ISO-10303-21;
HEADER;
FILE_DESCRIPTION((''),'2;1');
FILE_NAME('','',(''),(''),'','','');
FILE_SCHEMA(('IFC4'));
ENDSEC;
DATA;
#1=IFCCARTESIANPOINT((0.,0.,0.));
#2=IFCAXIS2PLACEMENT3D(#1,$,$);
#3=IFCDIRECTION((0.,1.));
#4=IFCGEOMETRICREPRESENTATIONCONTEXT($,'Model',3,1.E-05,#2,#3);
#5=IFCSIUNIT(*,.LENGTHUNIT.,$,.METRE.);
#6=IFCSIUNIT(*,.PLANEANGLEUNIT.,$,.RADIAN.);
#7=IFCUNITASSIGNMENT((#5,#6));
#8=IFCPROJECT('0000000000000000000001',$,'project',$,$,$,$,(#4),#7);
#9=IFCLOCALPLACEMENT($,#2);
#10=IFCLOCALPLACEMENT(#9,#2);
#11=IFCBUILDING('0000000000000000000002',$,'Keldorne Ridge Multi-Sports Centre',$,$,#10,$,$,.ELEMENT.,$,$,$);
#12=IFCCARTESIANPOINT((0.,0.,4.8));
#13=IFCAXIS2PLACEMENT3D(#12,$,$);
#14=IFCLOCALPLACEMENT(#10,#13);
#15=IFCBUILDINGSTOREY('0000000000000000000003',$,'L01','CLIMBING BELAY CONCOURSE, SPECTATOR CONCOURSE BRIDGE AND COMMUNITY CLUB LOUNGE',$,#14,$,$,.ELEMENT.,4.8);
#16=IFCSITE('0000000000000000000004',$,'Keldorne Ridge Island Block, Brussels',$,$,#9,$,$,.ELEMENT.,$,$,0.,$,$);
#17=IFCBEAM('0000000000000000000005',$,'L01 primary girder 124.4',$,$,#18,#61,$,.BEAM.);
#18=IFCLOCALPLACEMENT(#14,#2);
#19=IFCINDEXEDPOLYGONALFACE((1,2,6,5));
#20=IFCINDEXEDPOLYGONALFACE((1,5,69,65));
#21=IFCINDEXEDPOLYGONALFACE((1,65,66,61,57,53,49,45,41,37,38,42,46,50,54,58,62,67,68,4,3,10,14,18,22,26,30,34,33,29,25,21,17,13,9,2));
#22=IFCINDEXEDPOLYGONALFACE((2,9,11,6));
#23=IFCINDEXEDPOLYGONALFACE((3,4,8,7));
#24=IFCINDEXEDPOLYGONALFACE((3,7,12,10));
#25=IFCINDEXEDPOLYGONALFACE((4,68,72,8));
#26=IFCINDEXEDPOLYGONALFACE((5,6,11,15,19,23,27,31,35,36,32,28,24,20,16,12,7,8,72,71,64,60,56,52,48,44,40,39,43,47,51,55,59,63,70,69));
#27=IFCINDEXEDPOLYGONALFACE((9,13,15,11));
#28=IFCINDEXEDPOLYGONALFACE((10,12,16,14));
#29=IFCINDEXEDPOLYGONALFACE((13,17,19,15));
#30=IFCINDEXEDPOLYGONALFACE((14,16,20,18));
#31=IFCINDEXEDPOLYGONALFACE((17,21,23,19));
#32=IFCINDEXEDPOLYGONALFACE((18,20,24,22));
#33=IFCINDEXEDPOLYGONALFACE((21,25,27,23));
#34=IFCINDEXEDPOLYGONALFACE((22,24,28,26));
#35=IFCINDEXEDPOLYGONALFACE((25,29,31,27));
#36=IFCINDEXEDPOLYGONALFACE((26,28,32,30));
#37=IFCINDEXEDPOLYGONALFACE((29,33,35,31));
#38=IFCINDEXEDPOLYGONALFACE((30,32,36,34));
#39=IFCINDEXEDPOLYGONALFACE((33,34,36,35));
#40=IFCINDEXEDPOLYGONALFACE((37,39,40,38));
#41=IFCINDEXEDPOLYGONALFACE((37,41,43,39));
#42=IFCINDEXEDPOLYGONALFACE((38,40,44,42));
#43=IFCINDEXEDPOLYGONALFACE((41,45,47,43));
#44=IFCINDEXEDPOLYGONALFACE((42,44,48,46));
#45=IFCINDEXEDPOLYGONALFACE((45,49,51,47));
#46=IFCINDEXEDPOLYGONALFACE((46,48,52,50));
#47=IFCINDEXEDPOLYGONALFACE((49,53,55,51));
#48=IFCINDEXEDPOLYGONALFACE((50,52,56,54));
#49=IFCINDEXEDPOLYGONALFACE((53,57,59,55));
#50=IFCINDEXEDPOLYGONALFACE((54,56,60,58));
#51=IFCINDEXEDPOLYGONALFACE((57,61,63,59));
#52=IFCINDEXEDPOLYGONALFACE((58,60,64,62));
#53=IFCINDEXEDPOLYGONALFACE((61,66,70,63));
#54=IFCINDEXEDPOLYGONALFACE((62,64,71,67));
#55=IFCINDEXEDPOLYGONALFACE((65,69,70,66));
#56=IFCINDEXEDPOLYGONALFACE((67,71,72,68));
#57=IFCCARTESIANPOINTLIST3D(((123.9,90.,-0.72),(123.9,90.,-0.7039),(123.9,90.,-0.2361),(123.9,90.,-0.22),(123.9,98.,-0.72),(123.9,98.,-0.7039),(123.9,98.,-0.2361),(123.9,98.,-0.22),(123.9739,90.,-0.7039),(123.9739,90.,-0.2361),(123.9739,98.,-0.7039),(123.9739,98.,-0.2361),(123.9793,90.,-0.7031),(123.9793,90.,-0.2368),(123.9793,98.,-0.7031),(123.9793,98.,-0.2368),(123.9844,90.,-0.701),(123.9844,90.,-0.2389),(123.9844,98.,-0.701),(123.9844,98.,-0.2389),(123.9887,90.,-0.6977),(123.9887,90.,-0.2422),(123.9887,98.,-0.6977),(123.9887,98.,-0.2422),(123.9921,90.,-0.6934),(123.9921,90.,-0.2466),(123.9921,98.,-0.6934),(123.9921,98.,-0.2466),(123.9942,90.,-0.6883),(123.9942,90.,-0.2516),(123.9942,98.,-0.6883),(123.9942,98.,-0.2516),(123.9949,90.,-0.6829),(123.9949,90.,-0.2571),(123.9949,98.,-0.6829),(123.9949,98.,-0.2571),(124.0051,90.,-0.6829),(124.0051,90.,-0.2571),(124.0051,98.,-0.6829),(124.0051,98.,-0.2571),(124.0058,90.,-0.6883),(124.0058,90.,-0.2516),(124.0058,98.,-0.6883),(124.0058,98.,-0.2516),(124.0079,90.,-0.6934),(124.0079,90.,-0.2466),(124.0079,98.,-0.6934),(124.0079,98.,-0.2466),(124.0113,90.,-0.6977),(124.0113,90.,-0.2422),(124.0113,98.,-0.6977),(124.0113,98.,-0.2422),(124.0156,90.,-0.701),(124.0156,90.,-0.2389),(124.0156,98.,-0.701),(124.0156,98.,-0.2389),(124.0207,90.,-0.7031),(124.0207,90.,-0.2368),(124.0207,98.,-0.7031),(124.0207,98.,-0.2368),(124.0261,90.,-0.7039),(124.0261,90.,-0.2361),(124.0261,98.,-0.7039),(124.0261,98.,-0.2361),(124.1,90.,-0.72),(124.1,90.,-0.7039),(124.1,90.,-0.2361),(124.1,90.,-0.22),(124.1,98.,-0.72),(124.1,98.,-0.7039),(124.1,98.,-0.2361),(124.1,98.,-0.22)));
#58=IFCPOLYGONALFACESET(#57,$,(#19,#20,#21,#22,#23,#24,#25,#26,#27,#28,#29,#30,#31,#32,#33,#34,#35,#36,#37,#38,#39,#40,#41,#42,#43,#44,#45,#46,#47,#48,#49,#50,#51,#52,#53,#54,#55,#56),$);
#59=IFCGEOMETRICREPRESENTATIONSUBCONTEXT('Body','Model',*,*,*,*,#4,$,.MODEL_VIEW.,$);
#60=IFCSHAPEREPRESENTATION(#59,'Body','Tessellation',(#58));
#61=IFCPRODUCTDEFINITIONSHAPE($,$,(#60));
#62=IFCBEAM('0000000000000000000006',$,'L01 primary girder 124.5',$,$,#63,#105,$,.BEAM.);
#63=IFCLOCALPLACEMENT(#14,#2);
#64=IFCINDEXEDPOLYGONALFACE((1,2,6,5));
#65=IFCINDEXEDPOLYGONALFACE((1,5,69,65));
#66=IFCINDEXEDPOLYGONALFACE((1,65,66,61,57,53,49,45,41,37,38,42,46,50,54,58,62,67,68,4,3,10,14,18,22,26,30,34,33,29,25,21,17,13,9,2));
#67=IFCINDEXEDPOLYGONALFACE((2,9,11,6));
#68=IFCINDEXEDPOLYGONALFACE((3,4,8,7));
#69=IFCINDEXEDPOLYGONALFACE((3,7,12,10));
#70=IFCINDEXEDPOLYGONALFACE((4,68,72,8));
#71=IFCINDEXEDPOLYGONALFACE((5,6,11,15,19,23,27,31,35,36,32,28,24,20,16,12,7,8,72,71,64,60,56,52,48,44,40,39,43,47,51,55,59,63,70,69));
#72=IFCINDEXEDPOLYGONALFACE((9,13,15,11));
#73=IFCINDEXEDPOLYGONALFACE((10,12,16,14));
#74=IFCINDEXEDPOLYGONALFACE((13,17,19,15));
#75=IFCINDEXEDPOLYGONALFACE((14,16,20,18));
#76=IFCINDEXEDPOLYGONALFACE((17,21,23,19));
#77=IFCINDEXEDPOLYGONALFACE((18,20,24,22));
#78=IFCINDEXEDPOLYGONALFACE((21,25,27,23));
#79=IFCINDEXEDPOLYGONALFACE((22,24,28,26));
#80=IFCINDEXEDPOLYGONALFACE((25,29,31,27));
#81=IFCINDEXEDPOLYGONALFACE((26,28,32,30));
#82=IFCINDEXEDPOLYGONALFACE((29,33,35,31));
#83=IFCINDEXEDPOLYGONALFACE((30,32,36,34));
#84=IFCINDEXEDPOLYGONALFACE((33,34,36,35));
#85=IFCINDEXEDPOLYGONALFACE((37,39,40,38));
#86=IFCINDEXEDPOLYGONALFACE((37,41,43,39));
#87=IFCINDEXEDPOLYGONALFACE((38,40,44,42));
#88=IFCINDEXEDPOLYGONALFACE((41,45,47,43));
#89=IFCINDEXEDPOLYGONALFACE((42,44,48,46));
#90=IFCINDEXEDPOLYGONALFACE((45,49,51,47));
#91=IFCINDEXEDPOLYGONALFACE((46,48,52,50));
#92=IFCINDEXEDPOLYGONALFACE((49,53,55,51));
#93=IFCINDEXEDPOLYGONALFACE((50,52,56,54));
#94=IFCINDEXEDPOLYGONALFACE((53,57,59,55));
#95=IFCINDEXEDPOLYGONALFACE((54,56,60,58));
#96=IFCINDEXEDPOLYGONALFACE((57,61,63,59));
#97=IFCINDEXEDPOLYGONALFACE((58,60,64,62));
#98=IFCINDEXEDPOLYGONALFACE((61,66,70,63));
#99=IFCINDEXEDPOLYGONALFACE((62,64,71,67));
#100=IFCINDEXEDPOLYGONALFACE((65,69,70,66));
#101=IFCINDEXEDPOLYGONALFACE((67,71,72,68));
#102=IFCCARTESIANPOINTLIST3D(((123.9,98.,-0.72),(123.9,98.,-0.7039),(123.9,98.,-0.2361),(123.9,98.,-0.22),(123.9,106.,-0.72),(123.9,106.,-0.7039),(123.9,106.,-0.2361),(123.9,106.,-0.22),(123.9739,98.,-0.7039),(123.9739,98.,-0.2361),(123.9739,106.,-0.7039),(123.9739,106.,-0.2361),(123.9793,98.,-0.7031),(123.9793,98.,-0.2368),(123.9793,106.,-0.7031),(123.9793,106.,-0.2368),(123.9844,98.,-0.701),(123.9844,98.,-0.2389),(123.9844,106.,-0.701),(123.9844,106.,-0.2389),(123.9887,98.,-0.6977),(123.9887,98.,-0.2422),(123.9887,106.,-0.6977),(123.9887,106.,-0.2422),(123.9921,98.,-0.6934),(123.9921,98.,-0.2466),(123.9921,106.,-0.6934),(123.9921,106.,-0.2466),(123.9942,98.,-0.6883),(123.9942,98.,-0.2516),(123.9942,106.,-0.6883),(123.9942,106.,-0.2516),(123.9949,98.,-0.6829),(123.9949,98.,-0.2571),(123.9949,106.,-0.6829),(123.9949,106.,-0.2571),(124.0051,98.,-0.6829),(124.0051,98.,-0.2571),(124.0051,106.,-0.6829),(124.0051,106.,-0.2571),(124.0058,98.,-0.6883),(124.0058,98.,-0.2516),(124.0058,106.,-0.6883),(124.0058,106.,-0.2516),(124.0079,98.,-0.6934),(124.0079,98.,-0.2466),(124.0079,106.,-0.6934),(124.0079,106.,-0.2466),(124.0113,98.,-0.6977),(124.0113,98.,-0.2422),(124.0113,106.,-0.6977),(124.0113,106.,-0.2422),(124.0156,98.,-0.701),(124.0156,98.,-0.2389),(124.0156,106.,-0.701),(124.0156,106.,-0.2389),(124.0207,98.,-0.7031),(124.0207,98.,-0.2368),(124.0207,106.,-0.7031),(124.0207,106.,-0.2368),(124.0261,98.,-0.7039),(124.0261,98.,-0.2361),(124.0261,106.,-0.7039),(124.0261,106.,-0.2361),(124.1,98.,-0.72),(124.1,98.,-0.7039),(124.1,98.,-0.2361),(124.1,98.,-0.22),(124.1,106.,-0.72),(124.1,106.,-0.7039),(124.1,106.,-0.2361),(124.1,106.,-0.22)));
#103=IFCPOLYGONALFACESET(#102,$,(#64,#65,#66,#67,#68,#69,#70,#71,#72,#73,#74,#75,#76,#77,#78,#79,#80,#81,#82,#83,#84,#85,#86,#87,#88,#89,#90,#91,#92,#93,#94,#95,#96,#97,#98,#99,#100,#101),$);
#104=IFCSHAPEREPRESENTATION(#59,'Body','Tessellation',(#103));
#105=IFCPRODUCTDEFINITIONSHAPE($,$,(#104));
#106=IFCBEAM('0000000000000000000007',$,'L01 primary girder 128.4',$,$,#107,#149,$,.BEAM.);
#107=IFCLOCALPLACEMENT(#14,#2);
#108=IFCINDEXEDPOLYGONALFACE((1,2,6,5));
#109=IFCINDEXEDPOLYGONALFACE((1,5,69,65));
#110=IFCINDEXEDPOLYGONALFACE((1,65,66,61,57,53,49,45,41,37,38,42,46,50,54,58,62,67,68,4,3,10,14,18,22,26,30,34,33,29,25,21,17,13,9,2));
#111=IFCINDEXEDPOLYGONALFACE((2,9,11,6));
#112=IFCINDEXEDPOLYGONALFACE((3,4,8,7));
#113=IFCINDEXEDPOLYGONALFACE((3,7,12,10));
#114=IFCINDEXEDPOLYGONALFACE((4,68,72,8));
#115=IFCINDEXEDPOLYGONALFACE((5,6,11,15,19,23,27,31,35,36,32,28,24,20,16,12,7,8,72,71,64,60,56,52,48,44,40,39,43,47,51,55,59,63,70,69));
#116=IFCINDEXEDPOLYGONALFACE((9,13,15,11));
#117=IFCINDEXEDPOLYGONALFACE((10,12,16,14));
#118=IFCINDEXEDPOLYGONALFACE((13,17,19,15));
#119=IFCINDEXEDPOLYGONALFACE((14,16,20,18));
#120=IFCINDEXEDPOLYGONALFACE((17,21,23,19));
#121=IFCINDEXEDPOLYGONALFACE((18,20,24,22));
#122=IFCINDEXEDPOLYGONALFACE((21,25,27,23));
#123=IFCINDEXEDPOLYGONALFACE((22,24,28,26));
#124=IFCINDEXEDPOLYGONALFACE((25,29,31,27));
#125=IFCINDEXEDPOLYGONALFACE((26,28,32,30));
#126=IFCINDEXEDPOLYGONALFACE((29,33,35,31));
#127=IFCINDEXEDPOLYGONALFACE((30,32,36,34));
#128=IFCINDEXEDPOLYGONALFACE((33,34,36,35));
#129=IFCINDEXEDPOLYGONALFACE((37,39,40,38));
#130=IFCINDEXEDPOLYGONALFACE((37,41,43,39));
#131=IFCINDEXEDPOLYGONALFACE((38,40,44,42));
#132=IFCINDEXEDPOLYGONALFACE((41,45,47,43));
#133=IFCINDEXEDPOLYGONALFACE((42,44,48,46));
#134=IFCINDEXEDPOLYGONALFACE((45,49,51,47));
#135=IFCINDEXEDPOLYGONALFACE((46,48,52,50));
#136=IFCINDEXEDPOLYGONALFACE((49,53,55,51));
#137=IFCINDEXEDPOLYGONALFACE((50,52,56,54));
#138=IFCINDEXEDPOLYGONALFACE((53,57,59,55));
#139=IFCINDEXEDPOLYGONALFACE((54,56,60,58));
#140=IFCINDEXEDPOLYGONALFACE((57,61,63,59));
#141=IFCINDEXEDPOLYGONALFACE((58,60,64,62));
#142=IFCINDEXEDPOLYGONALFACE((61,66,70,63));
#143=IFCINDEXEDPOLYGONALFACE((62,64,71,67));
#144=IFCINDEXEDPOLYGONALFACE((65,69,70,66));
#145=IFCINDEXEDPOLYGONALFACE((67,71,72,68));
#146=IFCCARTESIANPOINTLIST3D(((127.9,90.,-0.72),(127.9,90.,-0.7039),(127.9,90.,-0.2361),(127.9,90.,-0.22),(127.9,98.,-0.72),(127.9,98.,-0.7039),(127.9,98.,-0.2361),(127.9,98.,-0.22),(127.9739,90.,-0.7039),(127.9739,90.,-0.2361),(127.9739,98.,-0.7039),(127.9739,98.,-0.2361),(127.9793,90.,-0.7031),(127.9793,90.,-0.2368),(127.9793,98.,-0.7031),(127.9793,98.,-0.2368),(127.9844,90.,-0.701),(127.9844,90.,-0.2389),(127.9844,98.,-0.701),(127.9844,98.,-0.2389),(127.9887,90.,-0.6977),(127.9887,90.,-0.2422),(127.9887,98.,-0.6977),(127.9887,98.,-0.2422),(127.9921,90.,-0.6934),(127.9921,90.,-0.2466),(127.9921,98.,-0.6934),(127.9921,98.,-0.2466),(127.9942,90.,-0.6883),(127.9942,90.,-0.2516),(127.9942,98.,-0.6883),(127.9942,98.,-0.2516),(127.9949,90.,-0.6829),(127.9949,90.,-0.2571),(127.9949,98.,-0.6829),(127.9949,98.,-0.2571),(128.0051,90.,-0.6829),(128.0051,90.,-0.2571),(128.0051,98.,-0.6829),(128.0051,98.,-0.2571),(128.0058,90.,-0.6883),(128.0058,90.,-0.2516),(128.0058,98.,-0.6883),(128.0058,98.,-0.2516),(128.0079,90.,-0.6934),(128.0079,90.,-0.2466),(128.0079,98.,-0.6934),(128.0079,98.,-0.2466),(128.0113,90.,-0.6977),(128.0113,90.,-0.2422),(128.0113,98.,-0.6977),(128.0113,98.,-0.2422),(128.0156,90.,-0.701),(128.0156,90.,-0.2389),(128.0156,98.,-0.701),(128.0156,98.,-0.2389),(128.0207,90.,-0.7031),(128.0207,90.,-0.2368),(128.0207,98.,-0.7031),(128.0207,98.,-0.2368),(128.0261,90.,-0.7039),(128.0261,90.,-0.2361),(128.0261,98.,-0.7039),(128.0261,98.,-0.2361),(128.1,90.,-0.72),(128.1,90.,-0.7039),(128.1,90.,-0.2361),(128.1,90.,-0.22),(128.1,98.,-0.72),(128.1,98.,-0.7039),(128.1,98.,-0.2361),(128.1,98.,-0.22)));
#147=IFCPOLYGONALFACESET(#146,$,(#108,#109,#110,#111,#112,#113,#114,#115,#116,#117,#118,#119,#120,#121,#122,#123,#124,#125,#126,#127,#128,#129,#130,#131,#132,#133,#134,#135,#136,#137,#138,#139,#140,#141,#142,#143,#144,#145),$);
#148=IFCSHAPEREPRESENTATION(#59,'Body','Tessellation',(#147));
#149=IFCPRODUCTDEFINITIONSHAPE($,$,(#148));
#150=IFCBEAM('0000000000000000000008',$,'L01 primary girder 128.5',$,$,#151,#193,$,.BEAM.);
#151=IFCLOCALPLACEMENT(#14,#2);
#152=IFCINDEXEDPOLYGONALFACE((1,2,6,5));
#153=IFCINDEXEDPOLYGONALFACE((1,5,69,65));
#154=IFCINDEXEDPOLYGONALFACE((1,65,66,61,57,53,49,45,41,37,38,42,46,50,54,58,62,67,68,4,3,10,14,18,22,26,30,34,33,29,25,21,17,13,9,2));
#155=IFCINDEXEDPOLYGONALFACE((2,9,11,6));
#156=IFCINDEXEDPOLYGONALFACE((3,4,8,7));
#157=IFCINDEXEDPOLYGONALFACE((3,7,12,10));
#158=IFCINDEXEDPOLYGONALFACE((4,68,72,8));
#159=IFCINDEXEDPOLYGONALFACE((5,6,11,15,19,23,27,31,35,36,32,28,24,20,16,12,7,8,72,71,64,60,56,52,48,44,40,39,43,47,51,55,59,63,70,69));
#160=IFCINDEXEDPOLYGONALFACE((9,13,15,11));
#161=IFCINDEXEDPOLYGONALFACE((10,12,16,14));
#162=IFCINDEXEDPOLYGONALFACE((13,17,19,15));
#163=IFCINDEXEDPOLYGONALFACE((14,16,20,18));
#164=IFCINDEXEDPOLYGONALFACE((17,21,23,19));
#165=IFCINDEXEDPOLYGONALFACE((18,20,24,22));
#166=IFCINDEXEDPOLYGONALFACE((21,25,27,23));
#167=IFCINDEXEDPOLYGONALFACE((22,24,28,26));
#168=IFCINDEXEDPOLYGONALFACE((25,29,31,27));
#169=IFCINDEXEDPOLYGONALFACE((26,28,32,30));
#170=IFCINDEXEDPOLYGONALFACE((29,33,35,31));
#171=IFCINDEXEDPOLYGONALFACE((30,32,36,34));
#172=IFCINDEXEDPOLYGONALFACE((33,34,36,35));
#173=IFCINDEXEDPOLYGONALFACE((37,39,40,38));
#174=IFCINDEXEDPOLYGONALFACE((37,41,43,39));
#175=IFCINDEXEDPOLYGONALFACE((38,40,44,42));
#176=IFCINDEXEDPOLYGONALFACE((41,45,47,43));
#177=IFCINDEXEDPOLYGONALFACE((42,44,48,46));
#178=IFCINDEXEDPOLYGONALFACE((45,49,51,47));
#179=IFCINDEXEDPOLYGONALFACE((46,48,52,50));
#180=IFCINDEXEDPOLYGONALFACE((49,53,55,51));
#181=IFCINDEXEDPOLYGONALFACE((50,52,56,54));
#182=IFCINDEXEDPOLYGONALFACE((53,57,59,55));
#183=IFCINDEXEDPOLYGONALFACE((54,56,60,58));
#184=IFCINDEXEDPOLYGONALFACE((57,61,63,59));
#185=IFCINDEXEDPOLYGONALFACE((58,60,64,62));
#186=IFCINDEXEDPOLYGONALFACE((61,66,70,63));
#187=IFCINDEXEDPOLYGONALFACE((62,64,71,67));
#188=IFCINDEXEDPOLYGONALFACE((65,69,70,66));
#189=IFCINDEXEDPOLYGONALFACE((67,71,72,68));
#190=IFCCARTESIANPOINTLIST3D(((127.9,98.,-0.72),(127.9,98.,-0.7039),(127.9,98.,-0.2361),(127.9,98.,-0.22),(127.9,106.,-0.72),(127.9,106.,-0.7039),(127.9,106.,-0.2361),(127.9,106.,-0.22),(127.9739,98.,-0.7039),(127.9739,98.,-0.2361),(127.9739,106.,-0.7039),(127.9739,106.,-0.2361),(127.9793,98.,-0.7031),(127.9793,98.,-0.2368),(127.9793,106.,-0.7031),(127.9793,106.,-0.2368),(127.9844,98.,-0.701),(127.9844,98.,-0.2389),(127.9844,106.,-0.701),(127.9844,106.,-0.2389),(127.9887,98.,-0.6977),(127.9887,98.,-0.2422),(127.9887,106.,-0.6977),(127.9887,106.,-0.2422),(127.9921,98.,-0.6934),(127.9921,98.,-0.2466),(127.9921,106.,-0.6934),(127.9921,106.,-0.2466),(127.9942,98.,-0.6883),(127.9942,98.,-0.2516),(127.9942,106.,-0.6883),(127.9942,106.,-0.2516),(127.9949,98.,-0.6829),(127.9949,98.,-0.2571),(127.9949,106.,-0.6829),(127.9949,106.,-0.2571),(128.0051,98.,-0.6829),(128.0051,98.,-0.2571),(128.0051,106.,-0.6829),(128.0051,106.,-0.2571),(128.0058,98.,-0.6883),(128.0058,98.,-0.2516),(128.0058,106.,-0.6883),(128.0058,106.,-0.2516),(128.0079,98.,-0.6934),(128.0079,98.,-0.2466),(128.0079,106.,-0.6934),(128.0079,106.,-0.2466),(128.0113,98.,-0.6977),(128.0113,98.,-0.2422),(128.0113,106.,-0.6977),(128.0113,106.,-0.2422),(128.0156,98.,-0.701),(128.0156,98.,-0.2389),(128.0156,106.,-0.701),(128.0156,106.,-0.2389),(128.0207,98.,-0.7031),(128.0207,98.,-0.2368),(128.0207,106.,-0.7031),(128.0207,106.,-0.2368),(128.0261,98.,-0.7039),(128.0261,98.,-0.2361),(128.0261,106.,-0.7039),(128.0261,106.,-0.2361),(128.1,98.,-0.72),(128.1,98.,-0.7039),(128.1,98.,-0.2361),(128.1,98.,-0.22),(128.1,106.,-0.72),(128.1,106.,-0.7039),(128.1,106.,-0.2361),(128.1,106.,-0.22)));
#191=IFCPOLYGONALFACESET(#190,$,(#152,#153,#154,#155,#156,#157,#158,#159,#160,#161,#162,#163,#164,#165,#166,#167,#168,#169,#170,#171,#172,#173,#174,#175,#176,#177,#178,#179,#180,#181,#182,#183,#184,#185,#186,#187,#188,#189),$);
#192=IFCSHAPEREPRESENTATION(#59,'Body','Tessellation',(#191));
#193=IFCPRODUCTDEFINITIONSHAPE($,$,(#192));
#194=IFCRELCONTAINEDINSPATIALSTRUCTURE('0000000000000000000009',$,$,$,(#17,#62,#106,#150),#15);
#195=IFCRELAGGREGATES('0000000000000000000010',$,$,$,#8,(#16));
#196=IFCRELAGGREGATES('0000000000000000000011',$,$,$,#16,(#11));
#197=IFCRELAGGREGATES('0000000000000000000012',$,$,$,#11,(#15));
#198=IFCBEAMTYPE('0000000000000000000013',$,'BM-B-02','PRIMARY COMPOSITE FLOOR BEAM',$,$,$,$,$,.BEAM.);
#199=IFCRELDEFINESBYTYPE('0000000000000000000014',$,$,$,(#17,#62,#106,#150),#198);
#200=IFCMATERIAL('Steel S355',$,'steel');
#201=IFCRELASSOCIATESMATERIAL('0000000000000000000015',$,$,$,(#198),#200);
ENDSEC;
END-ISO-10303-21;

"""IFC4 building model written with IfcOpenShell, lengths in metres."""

from ifc_helpers import new_model, si_unit, direction, frame, origin, origin_2d, place, context, subcontext, project, spatial, i_section, extrude, material, material_profile, profile_set, type_object, element, save


model = new_model("IFC4")

# Units and contexts
model_context = context("Model", 3, precision=1e-05, world=origin(), true_north=direction((0.0, 1.0)))
body_context = subcontext(model_context, "Body", "Model", "MODEL_VIEW")
ifc_project = project(units=[si_unit("LENGTHUNIT", "METRE"), si_unit("PLANEANGLEUNIT", "RADIAN")], contexts=[model_context])

# Site, building, storey
site_placement = place(None, origin())
site = spatial("IfcSite", under=ifc_project, at=site_placement, Name="Keldorne Ridge Island Block, Brussels", CompositionType="ELEMENT", RefElevation=0.0)
building_placement = place(site_placement, origin())
building = spatial("IfcBuilding", under=site, at=building_placement, Name="Keldorne Ridge Multi-Sports Centre", CompositionType="ELEMENT")
storey_placement = place(building_placement, frame((0.0, 0.0, 4.8)))
storey = spatial("IfcBuildingStorey", under=building, at=storey_placement, Name="L01", Description="CLIMBING BELAY CONCOURSE, SPECTATOR CONCOURSE BRIDGE AND COMMUNITY CLUB LOUNGE", CompositionType="ELEMENT", Elevation=4.8)

# Shared definitions
ifc_material = material(Name="Steel S355", Category="steel")

# Beams
ifc_material_profile_1 = material_profile(ifc_material, i_section(OverallWidth=0.2, OverallDepth=0.5, WebThickness=0.0103, FlangeThickness=0.0161, FilletRadius=0.021, at=origin_2d()), Name="IPE 500")
ifc_profile_set_1 = profile_set([ifc_material_profile_1], Name="Steel S355")
beam_type_1 = type_object("IfcBeamType", Name="BM-B-02", Description="PRIMARY COMPOSITE FLOOR BEAM", PredefinedType="BEAM", material=ifc_profile_set_1)
for number, where, z_axis, x_axis, name in (
    (1, (124.0, 90.0, -0.47), (0.0, 1.0, 0.0), (-1.0, 0.0, 0.0), "L01 primary girder 124.4"),
    (2, (124.0, 98.0, -0.47), (0.0, 1.0, 0.0), (-1.0, 0.0, 0.0), "L01 primary girder 124.5"),
    (3, (128.0, 90.0, -0.47), (0.0, 1.0, 0.0), (-1.0, 0.0, 0.0), "L01 primary girder 128.4"),
    (4, (128.0, 98.0, -0.47), (0.0, 1.0, 0.0), (-1.0, 0.0, 0.0), "L01 primary girder 128.5"),
):
    element("IfcBeam", number, at=place(storey_placement, frame(where, z_axis=z_axis, x_axis=x_axis)), inside=storey, type_object=beam_type_1, Name=name, PredefinedType="BEAM", context=body_context, shape_type="SweptSolid", body=[
        extrude(i_section(OverallWidth=0.2, OverallDepth=0.5, WebThickness=0.0103, FlangeThickness=0.0161, FilletRadius=0.021, at=origin_2d()), origin(), (0.0, 0.0, 1.0), 8.0),
    ])

save(model, "model.ifc")
